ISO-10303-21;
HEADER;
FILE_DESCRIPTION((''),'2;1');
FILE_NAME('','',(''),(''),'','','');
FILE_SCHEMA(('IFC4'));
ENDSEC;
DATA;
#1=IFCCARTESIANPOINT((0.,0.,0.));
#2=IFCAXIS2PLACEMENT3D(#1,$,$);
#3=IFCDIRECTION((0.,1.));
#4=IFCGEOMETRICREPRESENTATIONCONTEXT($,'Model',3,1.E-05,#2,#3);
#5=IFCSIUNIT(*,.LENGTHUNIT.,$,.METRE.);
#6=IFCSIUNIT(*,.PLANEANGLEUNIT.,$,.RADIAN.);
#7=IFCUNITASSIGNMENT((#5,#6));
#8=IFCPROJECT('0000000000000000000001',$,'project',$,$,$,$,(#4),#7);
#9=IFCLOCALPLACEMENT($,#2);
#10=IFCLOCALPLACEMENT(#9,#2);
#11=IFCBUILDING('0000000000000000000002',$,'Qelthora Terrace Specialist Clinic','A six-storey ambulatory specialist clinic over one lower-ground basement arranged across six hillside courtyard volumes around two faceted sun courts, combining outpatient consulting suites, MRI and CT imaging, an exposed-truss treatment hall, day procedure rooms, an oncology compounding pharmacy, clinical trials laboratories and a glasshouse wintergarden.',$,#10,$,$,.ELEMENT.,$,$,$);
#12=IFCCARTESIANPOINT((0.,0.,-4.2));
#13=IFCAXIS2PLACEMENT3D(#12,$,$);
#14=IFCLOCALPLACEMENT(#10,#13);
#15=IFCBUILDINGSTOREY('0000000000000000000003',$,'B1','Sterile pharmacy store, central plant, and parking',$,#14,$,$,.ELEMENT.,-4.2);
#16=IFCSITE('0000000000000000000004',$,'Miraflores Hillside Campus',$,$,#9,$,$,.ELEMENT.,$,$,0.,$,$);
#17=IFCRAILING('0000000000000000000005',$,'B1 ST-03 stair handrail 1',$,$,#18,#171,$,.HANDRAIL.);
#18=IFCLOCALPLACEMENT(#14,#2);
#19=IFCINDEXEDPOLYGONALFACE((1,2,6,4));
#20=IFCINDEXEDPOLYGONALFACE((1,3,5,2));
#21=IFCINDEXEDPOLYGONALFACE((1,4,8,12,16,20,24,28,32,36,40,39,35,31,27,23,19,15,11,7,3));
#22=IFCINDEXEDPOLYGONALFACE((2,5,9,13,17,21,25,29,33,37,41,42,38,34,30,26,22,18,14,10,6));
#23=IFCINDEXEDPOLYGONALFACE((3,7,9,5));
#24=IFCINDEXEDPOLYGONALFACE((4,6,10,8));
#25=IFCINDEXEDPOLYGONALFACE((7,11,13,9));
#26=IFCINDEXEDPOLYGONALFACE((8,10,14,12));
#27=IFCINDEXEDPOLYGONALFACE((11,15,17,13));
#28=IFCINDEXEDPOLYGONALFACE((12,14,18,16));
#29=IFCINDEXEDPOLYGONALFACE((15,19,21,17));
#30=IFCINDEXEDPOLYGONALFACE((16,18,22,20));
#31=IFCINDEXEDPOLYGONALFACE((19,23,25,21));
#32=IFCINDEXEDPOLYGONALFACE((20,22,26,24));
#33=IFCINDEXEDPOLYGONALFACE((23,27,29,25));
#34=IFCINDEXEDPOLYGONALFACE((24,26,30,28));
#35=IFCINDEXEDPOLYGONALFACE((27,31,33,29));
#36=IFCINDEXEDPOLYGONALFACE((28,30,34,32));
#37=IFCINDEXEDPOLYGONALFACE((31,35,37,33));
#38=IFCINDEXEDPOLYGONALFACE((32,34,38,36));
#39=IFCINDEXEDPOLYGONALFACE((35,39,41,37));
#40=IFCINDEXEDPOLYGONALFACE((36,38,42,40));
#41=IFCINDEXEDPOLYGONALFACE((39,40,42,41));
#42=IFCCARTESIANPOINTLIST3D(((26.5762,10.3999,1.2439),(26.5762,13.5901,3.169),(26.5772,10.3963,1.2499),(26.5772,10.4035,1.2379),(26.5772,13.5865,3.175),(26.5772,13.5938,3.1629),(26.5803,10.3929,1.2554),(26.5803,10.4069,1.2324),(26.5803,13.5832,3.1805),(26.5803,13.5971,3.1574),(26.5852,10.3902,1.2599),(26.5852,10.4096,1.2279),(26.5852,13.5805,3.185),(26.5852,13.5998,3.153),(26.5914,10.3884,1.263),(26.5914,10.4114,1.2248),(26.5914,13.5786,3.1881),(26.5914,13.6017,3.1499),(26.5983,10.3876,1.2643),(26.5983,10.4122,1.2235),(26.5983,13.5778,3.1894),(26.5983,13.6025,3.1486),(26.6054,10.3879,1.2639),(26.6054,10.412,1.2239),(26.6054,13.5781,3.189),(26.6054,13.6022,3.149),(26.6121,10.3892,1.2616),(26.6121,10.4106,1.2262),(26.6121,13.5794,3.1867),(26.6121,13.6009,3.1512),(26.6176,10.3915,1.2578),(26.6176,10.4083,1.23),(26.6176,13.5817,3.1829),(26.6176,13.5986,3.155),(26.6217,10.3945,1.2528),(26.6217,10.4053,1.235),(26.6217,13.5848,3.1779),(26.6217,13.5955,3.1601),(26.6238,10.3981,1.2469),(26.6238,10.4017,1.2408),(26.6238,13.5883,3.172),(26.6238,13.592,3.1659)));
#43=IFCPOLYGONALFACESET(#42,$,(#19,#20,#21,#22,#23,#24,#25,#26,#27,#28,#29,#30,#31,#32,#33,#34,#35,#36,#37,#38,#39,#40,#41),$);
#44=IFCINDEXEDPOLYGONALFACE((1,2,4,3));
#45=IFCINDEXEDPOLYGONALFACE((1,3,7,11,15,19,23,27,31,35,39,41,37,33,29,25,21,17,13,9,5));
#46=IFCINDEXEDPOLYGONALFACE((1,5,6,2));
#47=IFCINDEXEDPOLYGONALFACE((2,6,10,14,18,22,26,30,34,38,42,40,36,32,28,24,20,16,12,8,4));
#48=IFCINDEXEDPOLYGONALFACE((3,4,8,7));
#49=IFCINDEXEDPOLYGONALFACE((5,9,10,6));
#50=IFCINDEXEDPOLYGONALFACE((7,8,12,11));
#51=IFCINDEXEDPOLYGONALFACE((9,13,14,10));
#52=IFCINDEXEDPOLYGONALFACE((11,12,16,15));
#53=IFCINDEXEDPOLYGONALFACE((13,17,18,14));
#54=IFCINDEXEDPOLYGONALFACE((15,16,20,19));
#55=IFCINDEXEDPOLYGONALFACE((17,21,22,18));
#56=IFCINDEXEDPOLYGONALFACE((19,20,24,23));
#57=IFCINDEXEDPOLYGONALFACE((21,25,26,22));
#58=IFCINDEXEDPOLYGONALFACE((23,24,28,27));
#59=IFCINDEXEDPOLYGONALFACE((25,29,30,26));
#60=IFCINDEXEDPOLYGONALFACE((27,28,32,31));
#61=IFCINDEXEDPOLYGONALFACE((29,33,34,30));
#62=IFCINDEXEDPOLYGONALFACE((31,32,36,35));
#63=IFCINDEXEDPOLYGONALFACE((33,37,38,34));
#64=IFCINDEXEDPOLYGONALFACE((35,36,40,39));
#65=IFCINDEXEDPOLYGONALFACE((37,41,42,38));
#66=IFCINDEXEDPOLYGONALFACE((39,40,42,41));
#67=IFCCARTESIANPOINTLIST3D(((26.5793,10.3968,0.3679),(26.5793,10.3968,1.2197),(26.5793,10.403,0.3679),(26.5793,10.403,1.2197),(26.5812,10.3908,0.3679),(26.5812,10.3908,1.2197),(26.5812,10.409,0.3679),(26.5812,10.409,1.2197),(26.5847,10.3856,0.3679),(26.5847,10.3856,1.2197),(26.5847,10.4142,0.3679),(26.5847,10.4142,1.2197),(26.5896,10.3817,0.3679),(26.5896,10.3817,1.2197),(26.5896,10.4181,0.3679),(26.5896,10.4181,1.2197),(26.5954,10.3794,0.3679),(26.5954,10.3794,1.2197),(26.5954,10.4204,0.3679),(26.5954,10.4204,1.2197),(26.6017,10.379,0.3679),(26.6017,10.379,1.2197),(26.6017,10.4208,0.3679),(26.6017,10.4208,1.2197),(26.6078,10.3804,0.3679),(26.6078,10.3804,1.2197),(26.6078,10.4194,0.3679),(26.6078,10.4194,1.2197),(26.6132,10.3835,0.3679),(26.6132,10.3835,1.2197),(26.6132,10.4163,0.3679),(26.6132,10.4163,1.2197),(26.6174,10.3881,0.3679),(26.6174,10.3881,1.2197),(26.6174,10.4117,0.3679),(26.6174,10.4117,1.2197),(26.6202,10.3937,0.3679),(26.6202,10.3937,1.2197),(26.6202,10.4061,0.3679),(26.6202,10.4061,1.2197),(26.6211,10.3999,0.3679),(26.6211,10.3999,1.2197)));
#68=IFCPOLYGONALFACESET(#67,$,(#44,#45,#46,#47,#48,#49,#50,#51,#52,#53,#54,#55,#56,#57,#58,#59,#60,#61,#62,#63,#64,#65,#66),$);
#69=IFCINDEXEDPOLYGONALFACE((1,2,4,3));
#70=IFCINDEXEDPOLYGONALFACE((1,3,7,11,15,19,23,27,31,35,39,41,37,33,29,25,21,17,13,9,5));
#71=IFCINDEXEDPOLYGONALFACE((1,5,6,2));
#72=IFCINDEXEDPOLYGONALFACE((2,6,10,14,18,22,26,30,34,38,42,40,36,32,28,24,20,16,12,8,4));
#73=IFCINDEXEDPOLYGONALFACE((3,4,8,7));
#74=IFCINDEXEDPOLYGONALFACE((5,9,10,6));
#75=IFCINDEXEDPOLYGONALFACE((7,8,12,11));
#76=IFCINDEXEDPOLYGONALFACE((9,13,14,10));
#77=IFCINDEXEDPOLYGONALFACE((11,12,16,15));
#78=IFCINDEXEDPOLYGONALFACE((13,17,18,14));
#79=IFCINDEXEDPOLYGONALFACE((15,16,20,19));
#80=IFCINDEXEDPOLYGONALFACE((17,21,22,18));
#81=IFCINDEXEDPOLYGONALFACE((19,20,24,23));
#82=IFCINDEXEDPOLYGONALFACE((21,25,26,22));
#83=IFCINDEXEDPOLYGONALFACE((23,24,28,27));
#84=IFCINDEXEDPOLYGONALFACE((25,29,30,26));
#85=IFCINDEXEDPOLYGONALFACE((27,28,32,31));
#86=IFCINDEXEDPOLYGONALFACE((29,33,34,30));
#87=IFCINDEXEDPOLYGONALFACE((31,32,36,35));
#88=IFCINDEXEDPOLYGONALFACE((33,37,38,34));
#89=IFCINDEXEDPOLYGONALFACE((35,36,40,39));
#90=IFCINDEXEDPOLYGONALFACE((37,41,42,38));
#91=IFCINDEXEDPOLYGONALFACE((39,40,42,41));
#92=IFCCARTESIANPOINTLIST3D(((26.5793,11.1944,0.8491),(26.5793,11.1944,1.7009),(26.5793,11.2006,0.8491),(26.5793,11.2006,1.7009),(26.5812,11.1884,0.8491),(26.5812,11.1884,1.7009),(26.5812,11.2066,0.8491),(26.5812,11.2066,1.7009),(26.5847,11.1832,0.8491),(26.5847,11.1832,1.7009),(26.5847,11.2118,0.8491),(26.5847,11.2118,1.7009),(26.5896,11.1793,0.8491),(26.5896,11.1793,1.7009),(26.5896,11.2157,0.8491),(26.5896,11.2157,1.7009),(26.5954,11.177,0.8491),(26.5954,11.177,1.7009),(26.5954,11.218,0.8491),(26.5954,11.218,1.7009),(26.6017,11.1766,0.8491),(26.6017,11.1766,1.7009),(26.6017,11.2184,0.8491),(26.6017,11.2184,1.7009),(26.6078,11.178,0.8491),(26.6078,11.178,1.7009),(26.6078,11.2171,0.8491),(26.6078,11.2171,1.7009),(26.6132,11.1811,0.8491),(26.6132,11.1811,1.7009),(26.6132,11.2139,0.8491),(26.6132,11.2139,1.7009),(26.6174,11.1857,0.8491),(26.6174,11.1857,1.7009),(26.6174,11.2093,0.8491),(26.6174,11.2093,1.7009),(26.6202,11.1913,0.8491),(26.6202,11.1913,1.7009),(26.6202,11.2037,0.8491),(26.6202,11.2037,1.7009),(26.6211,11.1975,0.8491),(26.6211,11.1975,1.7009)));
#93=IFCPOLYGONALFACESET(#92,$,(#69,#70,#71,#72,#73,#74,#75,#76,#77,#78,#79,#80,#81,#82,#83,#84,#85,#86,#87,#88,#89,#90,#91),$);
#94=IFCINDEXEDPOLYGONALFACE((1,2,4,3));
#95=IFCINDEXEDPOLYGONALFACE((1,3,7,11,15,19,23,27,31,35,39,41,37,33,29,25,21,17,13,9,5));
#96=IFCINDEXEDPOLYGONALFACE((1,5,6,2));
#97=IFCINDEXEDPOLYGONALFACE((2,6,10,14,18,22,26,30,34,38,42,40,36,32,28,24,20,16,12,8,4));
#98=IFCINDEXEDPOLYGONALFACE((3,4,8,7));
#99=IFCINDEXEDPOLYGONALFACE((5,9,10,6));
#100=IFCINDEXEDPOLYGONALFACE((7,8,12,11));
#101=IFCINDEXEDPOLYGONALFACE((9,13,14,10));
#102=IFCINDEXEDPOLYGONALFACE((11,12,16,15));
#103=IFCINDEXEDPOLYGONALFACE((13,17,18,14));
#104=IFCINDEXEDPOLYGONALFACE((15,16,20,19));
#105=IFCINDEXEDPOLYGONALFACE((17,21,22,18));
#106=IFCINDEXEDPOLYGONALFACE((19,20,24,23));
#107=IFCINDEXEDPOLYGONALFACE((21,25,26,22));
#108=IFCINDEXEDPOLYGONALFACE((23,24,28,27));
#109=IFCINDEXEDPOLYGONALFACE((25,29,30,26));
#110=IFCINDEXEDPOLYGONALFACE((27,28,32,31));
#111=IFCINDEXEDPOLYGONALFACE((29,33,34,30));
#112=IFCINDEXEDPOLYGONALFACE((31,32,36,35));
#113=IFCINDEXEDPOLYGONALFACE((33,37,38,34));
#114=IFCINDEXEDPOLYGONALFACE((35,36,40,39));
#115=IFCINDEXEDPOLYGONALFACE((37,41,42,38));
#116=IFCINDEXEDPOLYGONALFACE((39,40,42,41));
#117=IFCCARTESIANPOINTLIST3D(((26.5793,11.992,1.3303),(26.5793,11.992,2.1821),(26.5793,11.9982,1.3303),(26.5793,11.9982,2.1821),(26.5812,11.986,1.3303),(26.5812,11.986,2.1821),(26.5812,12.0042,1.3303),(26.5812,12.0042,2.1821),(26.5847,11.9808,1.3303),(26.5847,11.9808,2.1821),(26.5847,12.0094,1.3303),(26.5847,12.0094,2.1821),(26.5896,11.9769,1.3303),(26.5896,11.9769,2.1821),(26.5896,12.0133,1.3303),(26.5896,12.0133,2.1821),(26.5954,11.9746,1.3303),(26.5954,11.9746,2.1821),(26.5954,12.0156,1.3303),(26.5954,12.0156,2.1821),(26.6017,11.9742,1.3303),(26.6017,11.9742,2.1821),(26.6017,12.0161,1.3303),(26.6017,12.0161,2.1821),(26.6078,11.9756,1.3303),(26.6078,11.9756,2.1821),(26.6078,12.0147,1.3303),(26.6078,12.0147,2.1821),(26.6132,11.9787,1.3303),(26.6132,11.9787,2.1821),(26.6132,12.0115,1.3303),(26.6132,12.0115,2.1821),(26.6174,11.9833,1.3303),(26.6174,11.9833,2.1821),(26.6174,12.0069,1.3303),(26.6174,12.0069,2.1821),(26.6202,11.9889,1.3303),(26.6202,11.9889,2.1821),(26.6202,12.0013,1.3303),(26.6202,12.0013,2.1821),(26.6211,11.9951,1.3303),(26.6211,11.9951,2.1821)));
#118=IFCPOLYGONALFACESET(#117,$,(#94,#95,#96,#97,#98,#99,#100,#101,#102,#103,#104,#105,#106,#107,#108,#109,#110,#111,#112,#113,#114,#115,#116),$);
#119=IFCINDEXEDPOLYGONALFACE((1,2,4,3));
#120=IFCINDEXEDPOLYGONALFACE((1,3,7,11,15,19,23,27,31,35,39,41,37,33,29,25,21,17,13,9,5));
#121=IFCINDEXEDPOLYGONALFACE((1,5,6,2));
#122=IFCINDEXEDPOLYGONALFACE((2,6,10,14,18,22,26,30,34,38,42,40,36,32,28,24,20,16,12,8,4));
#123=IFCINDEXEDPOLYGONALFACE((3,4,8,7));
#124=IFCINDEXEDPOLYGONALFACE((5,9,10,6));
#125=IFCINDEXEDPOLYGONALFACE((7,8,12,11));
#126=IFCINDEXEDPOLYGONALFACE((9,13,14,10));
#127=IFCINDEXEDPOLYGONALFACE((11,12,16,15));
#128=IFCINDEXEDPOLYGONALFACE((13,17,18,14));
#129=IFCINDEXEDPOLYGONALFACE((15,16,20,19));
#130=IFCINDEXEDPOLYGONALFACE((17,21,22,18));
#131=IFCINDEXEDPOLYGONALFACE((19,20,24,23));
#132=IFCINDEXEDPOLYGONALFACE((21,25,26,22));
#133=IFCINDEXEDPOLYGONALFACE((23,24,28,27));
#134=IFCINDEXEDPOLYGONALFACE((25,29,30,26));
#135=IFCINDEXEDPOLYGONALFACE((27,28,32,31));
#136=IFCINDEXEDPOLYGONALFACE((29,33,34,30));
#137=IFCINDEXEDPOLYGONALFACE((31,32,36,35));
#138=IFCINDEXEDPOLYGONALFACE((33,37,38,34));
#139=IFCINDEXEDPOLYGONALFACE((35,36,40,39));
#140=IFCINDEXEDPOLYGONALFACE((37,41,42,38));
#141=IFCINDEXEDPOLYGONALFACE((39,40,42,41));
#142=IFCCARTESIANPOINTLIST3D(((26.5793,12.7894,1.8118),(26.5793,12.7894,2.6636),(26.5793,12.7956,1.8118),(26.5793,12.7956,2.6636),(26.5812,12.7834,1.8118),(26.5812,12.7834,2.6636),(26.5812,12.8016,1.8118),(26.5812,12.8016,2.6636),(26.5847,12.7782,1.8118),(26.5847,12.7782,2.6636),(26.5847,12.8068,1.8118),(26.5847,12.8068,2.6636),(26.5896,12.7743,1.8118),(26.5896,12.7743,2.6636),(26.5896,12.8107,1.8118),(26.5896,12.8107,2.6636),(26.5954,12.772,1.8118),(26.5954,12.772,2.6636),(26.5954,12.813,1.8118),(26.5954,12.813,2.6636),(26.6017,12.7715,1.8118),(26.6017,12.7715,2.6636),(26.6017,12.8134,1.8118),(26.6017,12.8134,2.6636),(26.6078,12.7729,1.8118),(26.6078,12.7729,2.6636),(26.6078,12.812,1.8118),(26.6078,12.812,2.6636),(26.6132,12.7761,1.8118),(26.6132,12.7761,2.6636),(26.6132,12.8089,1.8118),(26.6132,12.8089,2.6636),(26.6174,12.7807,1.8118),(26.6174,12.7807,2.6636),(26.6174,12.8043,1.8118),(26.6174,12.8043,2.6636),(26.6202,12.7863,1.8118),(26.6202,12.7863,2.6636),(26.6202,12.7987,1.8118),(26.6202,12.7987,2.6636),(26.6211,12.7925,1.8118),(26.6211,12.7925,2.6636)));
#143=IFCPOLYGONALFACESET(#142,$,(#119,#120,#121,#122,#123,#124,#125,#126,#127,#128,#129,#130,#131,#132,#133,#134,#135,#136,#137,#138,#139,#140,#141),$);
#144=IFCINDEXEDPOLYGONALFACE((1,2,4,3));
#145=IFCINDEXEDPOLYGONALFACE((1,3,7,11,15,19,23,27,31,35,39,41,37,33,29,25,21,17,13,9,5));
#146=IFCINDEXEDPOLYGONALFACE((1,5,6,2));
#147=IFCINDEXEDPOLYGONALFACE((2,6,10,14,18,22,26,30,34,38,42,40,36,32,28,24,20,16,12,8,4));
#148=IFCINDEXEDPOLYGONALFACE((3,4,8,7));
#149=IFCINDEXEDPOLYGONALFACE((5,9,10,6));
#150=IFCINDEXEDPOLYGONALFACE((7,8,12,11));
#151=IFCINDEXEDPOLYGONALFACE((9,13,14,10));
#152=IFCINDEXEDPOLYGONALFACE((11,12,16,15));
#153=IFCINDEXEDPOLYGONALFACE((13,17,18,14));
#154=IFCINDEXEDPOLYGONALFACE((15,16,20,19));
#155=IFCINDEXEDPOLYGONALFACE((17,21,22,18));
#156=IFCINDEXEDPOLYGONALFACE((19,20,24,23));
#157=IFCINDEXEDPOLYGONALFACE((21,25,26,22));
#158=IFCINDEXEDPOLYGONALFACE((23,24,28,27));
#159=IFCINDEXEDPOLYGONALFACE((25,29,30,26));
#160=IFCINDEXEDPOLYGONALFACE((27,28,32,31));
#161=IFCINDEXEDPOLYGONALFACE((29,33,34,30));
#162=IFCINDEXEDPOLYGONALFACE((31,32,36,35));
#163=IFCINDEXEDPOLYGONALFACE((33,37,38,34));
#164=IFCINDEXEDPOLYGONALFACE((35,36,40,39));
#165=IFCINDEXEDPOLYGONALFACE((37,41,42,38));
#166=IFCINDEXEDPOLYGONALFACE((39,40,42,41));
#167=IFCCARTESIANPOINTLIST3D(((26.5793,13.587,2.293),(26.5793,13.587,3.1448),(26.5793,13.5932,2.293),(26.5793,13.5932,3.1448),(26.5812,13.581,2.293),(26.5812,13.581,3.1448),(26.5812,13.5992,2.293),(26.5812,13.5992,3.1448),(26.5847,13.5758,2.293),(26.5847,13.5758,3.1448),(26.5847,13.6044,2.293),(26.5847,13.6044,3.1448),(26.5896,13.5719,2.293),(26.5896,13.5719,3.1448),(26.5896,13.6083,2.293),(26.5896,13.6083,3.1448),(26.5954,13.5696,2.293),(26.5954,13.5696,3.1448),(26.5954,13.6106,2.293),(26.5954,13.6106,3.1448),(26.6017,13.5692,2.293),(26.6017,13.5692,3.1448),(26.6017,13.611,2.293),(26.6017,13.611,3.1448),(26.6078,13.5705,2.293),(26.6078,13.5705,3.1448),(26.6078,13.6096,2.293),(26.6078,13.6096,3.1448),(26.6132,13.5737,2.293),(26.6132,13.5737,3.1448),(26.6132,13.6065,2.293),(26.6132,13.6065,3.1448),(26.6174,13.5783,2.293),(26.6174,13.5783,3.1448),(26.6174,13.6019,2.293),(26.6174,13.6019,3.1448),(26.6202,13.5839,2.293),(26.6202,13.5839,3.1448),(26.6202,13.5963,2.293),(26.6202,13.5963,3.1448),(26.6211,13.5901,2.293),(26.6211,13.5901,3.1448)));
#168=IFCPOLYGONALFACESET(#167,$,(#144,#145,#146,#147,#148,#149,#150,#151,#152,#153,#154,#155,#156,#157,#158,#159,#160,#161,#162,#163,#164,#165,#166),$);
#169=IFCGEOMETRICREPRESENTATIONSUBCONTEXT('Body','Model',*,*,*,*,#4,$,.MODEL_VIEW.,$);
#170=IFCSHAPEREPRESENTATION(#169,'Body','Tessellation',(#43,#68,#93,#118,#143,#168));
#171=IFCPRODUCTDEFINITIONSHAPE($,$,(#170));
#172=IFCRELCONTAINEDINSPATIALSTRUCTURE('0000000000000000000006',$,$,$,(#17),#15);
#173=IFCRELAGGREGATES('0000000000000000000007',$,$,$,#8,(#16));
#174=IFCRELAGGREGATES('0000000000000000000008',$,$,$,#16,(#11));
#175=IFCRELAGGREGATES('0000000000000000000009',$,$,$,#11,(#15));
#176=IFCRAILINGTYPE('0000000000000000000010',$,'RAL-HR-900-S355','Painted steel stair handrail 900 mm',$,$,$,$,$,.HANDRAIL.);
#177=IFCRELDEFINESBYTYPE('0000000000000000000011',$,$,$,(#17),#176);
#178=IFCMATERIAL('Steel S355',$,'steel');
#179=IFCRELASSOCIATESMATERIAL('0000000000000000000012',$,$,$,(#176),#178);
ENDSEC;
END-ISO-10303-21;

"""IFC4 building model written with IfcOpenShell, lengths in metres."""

from ifc_helpers import new_model, si_unit, direction, frame, origin, origin_2d, place, context, subcontext, project, spatial, circle, extrude, material, type_object, element, save


model = new_model("IFC4")

# Units and contexts
model_context = context("Model", 3, precision=1e-05, world=origin(), true_north=direction((0.0, 1.0)))
body_context = subcontext(model_context, "Body", "Model", "MODEL_VIEW")
ifc_project = project(units=[si_unit("LENGTHUNIT", "METRE"), si_unit("PLANEANGLEUNIT", "RADIAN")], contexts=[model_context])

# Site, building, storey
site_placement = place(None, origin())
site = spatial("IfcSite", under=ifc_project, at=site_placement, Name="Miraflores Hillside Campus", CompositionType="ELEMENT", RefElevation=0.0)
building_placement = place(site_placement, origin())
building = spatial("IfcBuilding", under=site, at=building_placement, Name="Qelthora Terrace Specialist Clinic", Description="A six-storey ambulatory specialist clinic over one lower-ground basement arranged across six hillside courtyard volumes around two faceted sun courts, combining outpatient consulting suites, MRI and CT imaging, an exposed-truss treatment hall, day procedure rooms, an oncology compounding pharmacy, clinical trials laboratories and a glasshouse wintergarden.", CompositionType="ELEMENT")
storey_placement = place(building_placement, frame((0.0, 0.0, -4.2)))
storey = spatial("IfcBuildingStorey", under=building, at=storey_placement, Name="B1", Description="Sterile pharmacy store, central plant, and parking", CompositionType="ELEMENT", Elevation=-4.2)

# Shared definitions
ifc_material_1 = material(Name="Steel S355", Category="steel")

# Railing
railing_type_1 = type_object("IfcRailingType", Name="RAL-HR-900-S355", Description="Painted steel stair handrail 900 mm", PredefinedType="HANDRAIL", material=ifc_material_1)
railing_1_placement = place(storey_placement, frame((26.6001, 10.3999, 0.3679)))
element("IfcRailing", 1, at=railing_1_placement, inside=storey, type_object=railing_type_1, Name="B1 ST-03 stair handrail 1", PredefinedType="HANDRAIL", context=body_context, shape_type="SweptSolid", body=[
    extrude(circle(Radius=0.0239, at=origin_2d()), frame((0.0, 0.0, 0.876), z_axis=(0.0, 0.856195, 0.516653), x_axis=(-1.0, 0.0, 0.0)), (0.0, 0.0, 1.0), 3.7261),
    extrude(circle(Radius=0.021, at=origin_2d()), origin(), (0.0, 0.0, 1.0), 0.8518),
    extrude(circle(Radius=0.021, at=origin_2d()), frame((0.0, 0.7976, 0.4812)), (0.0, 0.0, 1.0), 0.8518),
    extrude(circle(Radius=0.021, at=origin_2d()), frame((0.0, 1.5952, 0.9624)), (0.0, 0.0, 1.0), 0.8518),
    extrude(circle(Radius=0.021, at=origin_2d()), frame((0.0, 2.3926, 1.4438)), (0.0, 0.0, 1.0), 0.8518),
    extrude(circle(Radius=0.021, at=origin_2d()), frame((0.0, 3.1902, 1.925)), (0.0, 0.0, 1.0), 0.8518),
])

save(model, "model.ifc")
